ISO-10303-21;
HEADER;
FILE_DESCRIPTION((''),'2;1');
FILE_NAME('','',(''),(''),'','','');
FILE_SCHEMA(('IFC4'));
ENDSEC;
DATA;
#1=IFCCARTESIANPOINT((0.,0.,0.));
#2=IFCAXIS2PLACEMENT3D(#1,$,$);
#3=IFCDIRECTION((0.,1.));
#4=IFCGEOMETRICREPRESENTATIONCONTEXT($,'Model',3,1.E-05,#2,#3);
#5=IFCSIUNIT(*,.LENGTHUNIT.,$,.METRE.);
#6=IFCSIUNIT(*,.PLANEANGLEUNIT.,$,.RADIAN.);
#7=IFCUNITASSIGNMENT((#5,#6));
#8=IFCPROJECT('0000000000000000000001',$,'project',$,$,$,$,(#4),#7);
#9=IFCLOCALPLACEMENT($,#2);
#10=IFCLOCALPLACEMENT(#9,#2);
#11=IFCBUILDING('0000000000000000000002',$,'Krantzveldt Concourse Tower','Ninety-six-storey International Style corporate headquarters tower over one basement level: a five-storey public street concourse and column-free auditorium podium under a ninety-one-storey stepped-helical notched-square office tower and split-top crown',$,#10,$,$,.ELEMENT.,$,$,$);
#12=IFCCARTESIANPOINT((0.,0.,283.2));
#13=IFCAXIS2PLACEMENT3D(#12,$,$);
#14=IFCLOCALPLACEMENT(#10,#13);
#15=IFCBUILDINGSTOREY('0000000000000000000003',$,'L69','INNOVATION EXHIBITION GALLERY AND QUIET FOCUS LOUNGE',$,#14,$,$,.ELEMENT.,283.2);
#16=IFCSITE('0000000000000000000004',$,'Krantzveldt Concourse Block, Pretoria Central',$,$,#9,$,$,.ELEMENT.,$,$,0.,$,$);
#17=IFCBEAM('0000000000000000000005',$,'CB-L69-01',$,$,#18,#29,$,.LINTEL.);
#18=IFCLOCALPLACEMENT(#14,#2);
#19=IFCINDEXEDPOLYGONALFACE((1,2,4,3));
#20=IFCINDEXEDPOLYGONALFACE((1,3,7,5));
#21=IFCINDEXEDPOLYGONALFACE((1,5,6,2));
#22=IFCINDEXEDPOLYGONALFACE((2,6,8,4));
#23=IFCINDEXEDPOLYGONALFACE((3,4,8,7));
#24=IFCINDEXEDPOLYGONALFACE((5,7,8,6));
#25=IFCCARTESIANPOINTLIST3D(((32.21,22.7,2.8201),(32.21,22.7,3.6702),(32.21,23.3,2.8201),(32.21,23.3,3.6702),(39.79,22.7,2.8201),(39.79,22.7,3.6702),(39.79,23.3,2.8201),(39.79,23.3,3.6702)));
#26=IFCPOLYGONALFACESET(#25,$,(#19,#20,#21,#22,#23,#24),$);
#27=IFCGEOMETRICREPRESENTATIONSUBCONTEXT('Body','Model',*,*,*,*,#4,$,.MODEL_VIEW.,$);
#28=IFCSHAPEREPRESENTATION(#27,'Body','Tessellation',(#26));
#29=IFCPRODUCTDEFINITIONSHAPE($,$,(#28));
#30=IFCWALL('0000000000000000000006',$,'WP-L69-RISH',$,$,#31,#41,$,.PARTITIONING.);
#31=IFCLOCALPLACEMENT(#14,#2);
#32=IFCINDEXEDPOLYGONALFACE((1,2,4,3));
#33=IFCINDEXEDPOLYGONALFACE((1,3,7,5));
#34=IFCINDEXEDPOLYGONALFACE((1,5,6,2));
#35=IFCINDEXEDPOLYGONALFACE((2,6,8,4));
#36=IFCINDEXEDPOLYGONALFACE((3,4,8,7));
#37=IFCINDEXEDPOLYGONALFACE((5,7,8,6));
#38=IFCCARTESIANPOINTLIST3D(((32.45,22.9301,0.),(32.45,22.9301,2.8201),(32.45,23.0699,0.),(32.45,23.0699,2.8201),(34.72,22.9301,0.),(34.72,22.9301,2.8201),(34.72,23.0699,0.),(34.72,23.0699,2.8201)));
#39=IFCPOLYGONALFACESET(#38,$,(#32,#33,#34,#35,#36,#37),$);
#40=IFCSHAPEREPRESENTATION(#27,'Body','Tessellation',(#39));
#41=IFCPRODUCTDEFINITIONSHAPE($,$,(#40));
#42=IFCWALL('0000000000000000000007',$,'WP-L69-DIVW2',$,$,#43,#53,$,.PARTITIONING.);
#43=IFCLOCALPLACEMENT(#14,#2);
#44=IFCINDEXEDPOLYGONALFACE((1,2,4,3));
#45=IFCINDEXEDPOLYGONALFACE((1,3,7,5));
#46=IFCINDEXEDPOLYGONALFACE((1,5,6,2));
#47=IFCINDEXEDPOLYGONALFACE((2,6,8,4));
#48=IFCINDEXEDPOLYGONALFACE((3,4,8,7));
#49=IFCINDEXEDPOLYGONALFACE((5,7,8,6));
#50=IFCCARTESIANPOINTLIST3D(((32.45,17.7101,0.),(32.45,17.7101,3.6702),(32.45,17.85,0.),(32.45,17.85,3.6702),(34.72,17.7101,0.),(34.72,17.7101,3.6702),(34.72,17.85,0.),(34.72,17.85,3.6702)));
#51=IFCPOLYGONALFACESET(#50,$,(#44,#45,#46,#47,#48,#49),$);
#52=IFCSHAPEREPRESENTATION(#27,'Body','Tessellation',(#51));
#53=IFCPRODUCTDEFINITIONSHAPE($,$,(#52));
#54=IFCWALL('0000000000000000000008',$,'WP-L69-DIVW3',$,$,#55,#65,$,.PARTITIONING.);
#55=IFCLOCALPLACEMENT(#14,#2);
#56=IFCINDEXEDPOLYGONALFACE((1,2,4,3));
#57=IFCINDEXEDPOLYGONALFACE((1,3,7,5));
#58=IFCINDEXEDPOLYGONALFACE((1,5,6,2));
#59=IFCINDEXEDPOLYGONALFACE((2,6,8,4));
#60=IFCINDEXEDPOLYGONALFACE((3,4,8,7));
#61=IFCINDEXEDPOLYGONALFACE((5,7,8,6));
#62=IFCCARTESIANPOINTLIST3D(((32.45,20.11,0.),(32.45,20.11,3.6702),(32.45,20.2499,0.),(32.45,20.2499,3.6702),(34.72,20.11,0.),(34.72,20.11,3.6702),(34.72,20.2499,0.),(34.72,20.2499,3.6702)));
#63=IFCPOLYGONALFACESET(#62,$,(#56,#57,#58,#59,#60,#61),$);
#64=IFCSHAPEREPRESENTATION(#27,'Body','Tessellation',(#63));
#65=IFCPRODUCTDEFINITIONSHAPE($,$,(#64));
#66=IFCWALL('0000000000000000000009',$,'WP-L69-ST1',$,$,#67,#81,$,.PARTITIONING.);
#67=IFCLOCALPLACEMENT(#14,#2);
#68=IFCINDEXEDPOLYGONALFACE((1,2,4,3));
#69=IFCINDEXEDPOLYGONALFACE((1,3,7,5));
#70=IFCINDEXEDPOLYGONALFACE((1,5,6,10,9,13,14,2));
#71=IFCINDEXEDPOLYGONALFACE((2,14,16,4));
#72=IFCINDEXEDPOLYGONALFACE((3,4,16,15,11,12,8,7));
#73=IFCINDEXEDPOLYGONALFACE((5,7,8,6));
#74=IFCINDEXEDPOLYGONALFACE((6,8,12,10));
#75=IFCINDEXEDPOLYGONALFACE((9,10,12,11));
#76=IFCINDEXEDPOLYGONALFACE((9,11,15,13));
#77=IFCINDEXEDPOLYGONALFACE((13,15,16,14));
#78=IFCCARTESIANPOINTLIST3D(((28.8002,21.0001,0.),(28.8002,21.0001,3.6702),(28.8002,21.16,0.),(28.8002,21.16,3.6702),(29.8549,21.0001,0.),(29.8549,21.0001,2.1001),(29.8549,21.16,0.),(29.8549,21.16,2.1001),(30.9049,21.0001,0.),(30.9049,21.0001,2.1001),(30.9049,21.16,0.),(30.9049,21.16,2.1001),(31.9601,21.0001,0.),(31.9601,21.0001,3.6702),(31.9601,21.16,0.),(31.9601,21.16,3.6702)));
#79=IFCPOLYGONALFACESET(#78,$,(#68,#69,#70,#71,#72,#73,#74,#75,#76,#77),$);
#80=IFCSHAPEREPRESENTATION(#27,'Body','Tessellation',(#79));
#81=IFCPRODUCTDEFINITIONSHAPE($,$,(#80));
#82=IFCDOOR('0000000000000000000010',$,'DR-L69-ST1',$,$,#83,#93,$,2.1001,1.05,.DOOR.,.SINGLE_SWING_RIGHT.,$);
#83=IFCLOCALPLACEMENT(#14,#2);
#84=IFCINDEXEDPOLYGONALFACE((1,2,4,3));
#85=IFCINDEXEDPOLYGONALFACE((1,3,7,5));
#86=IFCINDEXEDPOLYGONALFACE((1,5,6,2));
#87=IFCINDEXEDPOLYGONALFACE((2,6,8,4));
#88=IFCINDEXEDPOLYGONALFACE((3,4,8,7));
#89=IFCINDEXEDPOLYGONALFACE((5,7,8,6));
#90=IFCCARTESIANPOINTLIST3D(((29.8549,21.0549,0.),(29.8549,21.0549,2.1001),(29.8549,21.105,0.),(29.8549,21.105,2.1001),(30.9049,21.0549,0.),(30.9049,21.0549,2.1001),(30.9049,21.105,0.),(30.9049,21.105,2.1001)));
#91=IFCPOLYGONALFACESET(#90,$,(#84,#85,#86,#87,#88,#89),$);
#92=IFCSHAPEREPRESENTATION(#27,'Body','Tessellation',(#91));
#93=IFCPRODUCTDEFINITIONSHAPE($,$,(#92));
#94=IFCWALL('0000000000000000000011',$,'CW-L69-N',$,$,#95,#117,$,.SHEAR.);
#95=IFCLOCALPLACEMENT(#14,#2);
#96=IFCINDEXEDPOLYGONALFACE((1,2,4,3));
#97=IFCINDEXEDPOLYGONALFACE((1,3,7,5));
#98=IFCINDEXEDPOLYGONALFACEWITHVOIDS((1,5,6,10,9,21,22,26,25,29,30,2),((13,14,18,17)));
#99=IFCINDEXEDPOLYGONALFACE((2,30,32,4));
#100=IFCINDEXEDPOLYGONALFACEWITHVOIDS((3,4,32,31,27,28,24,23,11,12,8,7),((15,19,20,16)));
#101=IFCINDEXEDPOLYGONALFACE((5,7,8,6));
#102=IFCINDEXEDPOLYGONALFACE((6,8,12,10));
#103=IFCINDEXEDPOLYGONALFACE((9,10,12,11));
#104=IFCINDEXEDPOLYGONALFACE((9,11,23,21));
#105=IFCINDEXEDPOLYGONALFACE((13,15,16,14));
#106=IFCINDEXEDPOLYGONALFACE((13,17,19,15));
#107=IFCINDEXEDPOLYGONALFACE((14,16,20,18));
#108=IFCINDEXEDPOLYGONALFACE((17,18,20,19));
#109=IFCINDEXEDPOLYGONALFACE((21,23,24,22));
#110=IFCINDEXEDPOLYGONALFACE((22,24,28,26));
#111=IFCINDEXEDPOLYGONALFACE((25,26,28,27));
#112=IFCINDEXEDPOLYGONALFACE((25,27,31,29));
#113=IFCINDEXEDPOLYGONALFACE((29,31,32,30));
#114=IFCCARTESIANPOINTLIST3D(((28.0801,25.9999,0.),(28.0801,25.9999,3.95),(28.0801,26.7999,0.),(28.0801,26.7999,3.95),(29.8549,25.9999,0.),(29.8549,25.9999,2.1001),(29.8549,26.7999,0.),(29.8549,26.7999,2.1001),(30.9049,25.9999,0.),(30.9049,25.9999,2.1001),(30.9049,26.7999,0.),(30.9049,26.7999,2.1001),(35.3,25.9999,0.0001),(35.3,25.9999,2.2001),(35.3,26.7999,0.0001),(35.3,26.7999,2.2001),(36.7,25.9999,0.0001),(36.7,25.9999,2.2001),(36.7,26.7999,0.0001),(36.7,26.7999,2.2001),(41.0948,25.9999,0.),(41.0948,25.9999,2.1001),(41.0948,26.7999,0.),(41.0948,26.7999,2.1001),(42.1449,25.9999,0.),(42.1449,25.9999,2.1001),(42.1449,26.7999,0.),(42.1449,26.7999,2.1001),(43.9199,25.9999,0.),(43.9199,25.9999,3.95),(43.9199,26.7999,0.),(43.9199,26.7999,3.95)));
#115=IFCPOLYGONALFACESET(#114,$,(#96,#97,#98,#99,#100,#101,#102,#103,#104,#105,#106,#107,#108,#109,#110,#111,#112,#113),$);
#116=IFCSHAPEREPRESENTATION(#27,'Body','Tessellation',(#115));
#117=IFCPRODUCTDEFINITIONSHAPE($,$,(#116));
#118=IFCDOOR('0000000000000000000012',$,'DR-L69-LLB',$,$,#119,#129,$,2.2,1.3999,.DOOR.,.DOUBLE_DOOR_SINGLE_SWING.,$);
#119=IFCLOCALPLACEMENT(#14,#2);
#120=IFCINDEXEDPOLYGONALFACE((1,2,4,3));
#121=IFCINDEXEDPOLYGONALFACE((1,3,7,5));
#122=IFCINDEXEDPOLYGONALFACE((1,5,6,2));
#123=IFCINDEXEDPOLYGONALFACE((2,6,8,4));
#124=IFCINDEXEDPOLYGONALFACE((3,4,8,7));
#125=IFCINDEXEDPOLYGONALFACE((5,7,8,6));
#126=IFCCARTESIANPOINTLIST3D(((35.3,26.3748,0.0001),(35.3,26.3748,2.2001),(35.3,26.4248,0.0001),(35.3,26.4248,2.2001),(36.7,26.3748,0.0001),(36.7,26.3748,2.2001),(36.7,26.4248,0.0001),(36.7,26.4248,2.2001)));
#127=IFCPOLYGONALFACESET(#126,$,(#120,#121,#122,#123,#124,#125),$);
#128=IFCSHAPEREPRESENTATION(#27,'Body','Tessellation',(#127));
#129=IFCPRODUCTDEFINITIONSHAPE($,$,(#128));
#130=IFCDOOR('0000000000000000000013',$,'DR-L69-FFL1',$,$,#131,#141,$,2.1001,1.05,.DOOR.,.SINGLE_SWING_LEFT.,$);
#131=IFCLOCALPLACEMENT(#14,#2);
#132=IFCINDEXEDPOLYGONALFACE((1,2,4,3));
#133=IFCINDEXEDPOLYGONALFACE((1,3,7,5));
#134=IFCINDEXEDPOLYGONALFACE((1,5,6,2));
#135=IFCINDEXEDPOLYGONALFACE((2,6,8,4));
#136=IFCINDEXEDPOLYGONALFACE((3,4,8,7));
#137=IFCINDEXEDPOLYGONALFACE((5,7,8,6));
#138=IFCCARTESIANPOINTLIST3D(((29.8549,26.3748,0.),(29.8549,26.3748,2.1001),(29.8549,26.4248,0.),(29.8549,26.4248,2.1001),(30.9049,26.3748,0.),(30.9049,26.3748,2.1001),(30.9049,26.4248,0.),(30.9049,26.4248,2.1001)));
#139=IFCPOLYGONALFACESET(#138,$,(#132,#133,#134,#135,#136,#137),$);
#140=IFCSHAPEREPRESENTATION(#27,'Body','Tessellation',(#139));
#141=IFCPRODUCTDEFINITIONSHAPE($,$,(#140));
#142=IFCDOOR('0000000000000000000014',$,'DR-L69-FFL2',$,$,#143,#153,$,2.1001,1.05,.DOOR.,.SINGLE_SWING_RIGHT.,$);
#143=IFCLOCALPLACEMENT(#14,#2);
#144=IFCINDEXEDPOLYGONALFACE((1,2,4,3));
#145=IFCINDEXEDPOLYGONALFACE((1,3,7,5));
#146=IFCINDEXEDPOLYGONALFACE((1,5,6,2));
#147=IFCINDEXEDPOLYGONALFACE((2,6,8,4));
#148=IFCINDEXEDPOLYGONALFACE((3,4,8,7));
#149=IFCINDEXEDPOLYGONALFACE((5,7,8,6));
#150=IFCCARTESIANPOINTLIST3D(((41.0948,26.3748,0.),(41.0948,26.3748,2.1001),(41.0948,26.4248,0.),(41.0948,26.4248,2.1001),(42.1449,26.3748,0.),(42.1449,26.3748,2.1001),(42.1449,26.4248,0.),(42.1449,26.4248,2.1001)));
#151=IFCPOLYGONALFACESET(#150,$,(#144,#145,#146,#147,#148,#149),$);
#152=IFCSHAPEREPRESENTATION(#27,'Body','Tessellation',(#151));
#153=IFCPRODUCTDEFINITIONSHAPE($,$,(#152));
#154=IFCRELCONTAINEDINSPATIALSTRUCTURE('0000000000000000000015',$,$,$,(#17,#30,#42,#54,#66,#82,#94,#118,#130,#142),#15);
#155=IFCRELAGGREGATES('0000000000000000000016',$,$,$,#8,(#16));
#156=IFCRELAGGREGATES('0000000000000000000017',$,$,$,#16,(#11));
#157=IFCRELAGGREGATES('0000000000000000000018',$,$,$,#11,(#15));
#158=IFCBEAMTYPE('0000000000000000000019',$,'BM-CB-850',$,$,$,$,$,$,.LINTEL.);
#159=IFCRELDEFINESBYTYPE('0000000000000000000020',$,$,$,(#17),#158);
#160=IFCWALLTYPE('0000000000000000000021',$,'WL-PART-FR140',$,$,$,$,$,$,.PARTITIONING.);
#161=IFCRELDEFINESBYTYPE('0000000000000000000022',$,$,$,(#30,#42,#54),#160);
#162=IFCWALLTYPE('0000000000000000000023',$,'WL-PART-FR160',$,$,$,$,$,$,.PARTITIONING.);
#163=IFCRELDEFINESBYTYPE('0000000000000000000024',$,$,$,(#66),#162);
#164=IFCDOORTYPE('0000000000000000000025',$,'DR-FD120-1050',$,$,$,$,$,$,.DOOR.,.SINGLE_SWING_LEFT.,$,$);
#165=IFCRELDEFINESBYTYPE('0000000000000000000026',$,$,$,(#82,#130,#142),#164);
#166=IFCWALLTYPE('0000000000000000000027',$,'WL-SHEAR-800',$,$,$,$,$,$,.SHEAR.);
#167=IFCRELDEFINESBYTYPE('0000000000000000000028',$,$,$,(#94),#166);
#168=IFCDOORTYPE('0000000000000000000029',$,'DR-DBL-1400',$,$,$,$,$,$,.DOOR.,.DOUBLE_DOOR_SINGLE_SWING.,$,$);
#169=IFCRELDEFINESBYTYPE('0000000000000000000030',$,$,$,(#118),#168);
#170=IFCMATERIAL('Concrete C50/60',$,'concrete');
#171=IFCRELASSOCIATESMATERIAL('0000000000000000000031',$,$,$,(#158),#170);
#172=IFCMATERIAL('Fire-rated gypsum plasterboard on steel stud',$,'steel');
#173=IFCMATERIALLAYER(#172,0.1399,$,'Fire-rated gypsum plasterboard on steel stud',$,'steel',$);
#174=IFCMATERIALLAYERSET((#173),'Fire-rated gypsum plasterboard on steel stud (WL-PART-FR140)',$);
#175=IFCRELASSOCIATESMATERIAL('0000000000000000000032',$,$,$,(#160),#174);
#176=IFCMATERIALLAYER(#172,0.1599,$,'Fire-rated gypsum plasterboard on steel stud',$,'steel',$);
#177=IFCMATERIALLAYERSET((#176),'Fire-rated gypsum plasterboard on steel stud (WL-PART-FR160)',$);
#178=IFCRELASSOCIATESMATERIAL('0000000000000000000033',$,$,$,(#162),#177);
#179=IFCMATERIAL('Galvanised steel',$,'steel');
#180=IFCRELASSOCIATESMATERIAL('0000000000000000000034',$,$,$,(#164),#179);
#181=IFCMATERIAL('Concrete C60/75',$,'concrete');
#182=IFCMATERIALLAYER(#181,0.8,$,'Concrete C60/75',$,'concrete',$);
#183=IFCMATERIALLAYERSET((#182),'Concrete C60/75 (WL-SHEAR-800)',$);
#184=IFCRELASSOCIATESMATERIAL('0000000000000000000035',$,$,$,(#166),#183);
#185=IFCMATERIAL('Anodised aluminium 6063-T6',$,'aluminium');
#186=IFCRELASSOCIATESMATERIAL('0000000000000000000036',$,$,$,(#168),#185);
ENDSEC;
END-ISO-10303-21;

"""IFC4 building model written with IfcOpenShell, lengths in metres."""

from ifc_helpers import new_model, si_unit, direction, frame, frame_2d, origin, origin_2d, place, context, subcontext, project, spatial, rectangle, extrude, source, transform, mapped, material, layer, layer_set, material_profile, profile_set, type_object, type_shapes, element, fill, save


model = new_model("IFC4")

# Units and contexts
model_context = context("Model", 3, precision=1e-05, world=origin(), true_north=direction((0.0, 1.0)))
body_context = subcontext(model_context, "Body", "Model", "MODEL_VIEW")
ifc_project = project(units=[si_unit("LENGTHUNIT", "METRE"), si_unit("PLANEANGLEUNIT", "RADIAN")], contexts=[model_context])

# Site, building, storey
site_placement = place(None, origin())
site = spatial("IfcSite", under=ifc_project, at=site_placement, Name="Krantzveldt Concourse Block, Pretoria Central", CompositionType="ELEMENT", RefElevation=0.0)
building_placement = place(site_placement, origin())
building = spatial("IfcBuilding", under=site, at=building_placement, Name="Krantzveldt Concourse Tower", Description="Ninety-six-storey International Style corporate headquarters tower over one basement level: a five-storey public street concourse and column-free auditorium podium under a ninety-one-storey stepped-helical notched-square office tower and split-top crown", CompositionType="ELEMENT")
storey_placement = place(building_placement, frame((0.0, 0.0, 283.2)))
storey = spatial("IfcBuildingStorey", under=building, at=storey_placement, Name="L69", Description="INNOVATION EXHIBITION GALLERY AND QUIET FOCUS LOUNGE", CompositionType="ELEMENT", Elevation=283.2)

# Beam
ifc_material_1 = material(Name="Concrete C50/60", Category="concrete")
ifc_material_profile = material_profile(ifc_material_1, rectangle(XDim=0.6001, YDim=0.8501, at=origin_2d()), Name="Concrete C50/60", Category="concrete")
ifc_profile_set = profile_set([ifc_material_profile], Name="Concrete C50/60 - RC-CB 600x850")
beam_type = type_object("IfcBeamType", Name="BM-CB-850", PredefinedType="LINTEL", material=ifc_profile_set)
shared_shape = source(origin(), body_context, "Body", "SweptSolid", [
    extrude(rectangle(XDim=0.6001, YDim=0.8501, at=origin_2d()), origin(), (0.0, 0.0, 1.0), 7.5801),
])
type_shapes(beam_type, [shared_shape])
beam_placement = place(storey_placement, frame((32.21, 23.0, 3.2451), z_axis=(1.0, 0.0, 0.0), x_axis=(0.0, 1.0, 0.0)))
element("IfcBeam", 1, at=beam_placement, inside=storey, type_object=beam_type, Name="CB-L69-01", PredefinedType="LINTEL", context=body_context, shape_type="MappedRepresentation", body=[
    mapped(shared_shape, transform((0.0, 0.0, 0.0), x_axis=(1.0, 0.0, 0.0), y_axis=(0.0, 1.0, 0.0), z_axis=(0.0, 0.0, 1.0), scale=1.0)),
])

# Walls
ifc_material_2 = material(Name="Fire-rated gypsum plasterboard on steel stud", Category="steel")
ifc_layer_1 = layer(ifc_material_2, 0.1399, Name="Fire-rated gypsum plasterboard on steel stud", Category="steel")
ifc_layer_set_1 = layer_set([ifc_layer_1], Name="Fire-rated gypsum plasterboard on steel stud (WL-PART-FR140)")
wall_type_1 = type_object("IfcWallType", Name="WL-PART-FR140", PredefinedType="PARTITIONING", material=ifc_layer_set_1)
wall_1_placement = place(storey_placement, frame((32.45, 23.0, 0.0), z_axis=(0.0, 0.0, 1.0), x_axis=(1.0, 0.0, 0.0)))
element("IfcWall", 2, at=wall_1_placement, inside=storey, type_object=wall_type_1, Name="WP-L69-RISH", PredefinedType="PARTITIONING", context=body_context, shape_type="SweptSolid", body=[
    extrude(rectangle(XDim=2.27, YDim=0.1399, at=frame_2d((1.135, 0.0))), origin(), (0.0, 0.0, 1.0), 2.8201),
])
for number, where, z_axis, x_axis, name in (
    (3, (32.45, 17.78, 0.0), (0.0, 0.0, 1.0), (1.0, 0.0, 0.0), "WP-L69-DIVW2"),
    (4, (32.45, 20.1799, 0.0), (0.0, 0.0, 1.0), (1.0, 0.0, 0.0), "WP-L69-DIVW3"),
):
    element("IfcWall", number, at=place(storey_placement, frame(where, z_axis=z_axis, x_axis=x_axis)), inside=storey, type_object=wall_type_1, Name=name, PredefinedType="PARTITIONING", context=body_context, shape_type="SweptSolid", body=[
        extrude(rectangle(XDim=2.27, YDim=0.1399, at=frame_2d((1.135, 0.0))), origin(), (0.0, 0.0, 1.0), 3.6702),
    ])

# Wall, opening, door
ifc_layer_2 = layer(ifc_material_2, 0.1599, Name="Fire-rated gypsum plasterboard on steel stud", Category="steel")
ifc_layer_set_2 = layer_set([ifc_layer_2], Name="Fire-rated gypsum plasterboard on steel stud (WL-PART-FR160)")
wall_type_2 = type_object("IfcWallType", Name="WL-PART-FR160", PredefinedType="PARTITIONING", material=ifc_layer_set_2)
wall_2_placement = place(storey_placement, frame((28.8, 21.0801, 0.0), z_axis=(0.0, 0.0, 1.0), x_axis=(1.0, 0.0, 0.0)))
wall_2 = element("IfcWall", 5, at=wall_2_placement, inside=storey, type_object=wall_type_2, Name="WP-L69-ST1", PredefinedType="PARTITIONING", context=body_context, shape_type="SweptSolid", body=[
    extrude(rectangle(XDim=3.1599, YDim=0.1599, at=frame_2d((1.5801, 0.0))), origin(), (0.0, 0.0, 1.0), 3.6702),
])
opening_1_placement = place(wall_2_placement, frame((1.0549, 0.0, 0.0)))
opening_1 = element("IfcOpeningElement", 6, at=opening_1_placement, cuts=wall_2, PredefinedType="OPENING", context=body_context, shape_type="SweptSolid", body=[
    extrude(rectangle(XDim=1.05, YDim=2.1001, at=frame_2d((0.5249, 1.05))), frame((0.0, 0.0898, 0.0), z_axis=(0.0, -1.0, 0.0), x_axis=(1.0, 0.0, 0.0)), (0.0, 0.0, 1.0), 0.1799),
])
ifc_material_3 = material(Name="Galvanised steel", Category="steel")
door_type_1 = type_object("IfcDoorType", Name="DR-FD120-1050", OperationType="SINGLE_SWING_LEFT", PredefinedType="DOOR", material=ifc_material_3)
door_1_placement = place(opening_1_placement, origin())
door_1 = element("IfcDoor", 7, at=door_1_placement, inside=storey, type_object=door_type_1, Name="DR-L69-ST1", OperationType="SINGLE_SWING_RIGHT", OverallHeight=2.1001, OverallWidth=1.05, PredefinedType="DOOR", context=body_context, shape_type="SweptSolid", body=[
    extrude(rectangle(XDim=1.05, YDim=2.1001, at=frame_2d((0.5249, 1.05))), frame((0.0, 0.0249, 0.0), z_axis=(0.0, -1.0, 0.0), x_axis=(1.0, 0.0, 0.0)), (0.0, 0.0, 1.0), 0.05),
])
fill(opening_1, door_1)

# Wall, openings, doors
ifc_material_4 = material(Name="Concrete C60/75", Category="concrete")
ifc_layer_3 = layer(ifc_material_4, 0.8, Name="Concrete C60/75", Category="concrete")
ifc_layer_set_3 = layer_set([ifc_layer_3], Name="Concrete C60/75 (WL-SHEAR-800)")
wall_type_3 = type_object("IfcWallType", Name="WL-SHEAR-800", PredefinedType="SHEAR", material=ifc_layer_set_3)
wall_3_placement = place(storey_placement, frame((28.0801, 26.3999, 0.0), z_axis=(0.0, 0.0, 1.0), x_axis=(1.0, 0.0, 0.0)))
wall_3 = element("IfcWall", 8, at=wall_3_placement, inside=storey, type_object=wall_type_3, Name="CW-L69-N", PredefinedType="SHEAR", context=body_context, shape_type="SweptSolid", body=[
    extrude(rectangle(XDim=15.8398, YDim=0.8, at=frame_2d((7.9199, 0.0))), origin(), (0.0, 0.0, 1.0), 3.95),
])
opening_2_placement = place(wall_3_placement, frame((7.22, 0.0, 0.0)))
opening_2 = element("IfcOpeningElement", 9, at=opening_2_placement, cuts=wall_3, PredefinedType="OPENING", context=body_context, shape_type="SweptSolid", body=[
    extrude(rectangle(XDim=1.3999, YDim=2.2, at=frame_2d((0.7, 1.1001))), frame((0.0, 0.4102, 0.0), z_axis=(0.0, -1.0, 0.0), x_axis=(1.0, 0.0, 0.0)), (0.0, 0.0, 1.0), 0.8201),
])
opening_3_placement = place(wall_3_placement, frame((1.7749, 0.0, 0.0)))
opening_3 = element("IfcOpeningElement", 10, at=opening_3_placement, cuts=wall_3, PredefinedType="OPENING", context=body_context, shape_type="SweptSolid", body=[
    extrude(rectangle(XDim=1.05, YDim=2.1001, at=frame_2d((0.5249, 1.05))), frame((0.0, 0.4102, 0.0), z_axis=(0.0, -1.0, 0.0), x_axis=(1.0, 0.0, 0.0)), (0.0, 0.0, 1.0), 0.8201),
])
opening_4_placement = place(wall_3_placement, frame((13.0149, 0.0, 0.0)))
opening_4 = element("IfcOpeningElement", 11, at=opening_4_placement, cuts=wall_3, PredefinedType="OPENING", context=body_context, shape_type="SweptSolid", body=[
    extrude(rectangle(XDim=1.05, YDim=2.1001, at=frame_2d((0.5249, 1.05))), frame((0.0, 0.4102, 0.0), z_axis=(0.0, -1.0, 0.0), x_axis=(1.0, 0.0, 0.0)), (0.0, 0.0, 1.0), 0.8201),
])
ifc_material_5 = material(Name="Anodised aluminium 6063-T6", Category="aluminium")
door_type_2 = type_object("IfcDoorType", Name="DR-DBL-1400", OperationType="DOUBLE_DOOR_SINGLE_SWING", PredefinedType="DOOR", material=ifc_material_5)
door_2_placement = place(opening_2_placement, origin())
door_2 = element("IfcDoor", 12, at=door_2_placement, inside=storey, type_object=door_type_2, Name="DR-L69-LLB", OperationType="DOUBLE_DOOR_SINGLE_SWING", OverallHeight=2.2, OverallWidth=1.3999, PredefinedType="DOOR", context=body_context, shape_type="SweptSolid", body=[
    extrude(rectangle(XDim=1.3999, YDim=2.2, at=frame_2d((0.7, 1.1001))), frame((0.0, 0.0249, 0.0), z_axis=(0.0, -1.0, 0.0), x_axis=(1.0, 0.0, 0.0)), (0.0, 0.0, 1.0), 0.05),
])
fill(opening_2, door_2)
door_3_placement = place(opening_3_placement, origin())
door_3 = element("IfcDoor", 13, at=door_3_placement, inside=storey, type_object=door_type_1, Name="DR-L69-FFL1", OperationType="SINGLE_SWING_LEFT", OverallHeight=2.1001, OverallWidth=1.05, PredefinedType="DOOR", context=body_context, shape_type="SweptSolid", body=[
    extrude(rectangle(XDim=1.05, YDim=2.1001, at=frame_2d((0.5249, 1.05))), frame((0.0, 0.0249, 0.0), z_axis=(0.0, -1.0, 0.0), x_axis=(1.0, 0.0, 0.0)), (0.0, 0.0, 1.0), 0.05),
])
fill(opening_3, door_3)
door_4_placement = place(opening_4_placement, origin())
door_4 = element("IfcDoor", 14, at=door_4_placement, inside=storey, type_object=door_type_1, Name="DR-L69-FFL2", OperationType="SINGLE_SWING_RIGHT", OverallHeight=2.1001, OverallWidth=1.05, PredefinedType="DOOR", context=body_context, shape_type="SweptSolid", body=[
    extrude(rectangle(XDim=1.05, YDim=2.1001, at=frame_2d((0.5249, 1.05))), frame((0.0, 0.0249, 0.0), z_axis=(0.0, -1.0, 0.0), x_axis=(1.0, 0.0, 0.0)), (0.0, 0.0, 1.0), 0.05),
])
fill(opening_4, door_4)

save(model, "model.ifc")
